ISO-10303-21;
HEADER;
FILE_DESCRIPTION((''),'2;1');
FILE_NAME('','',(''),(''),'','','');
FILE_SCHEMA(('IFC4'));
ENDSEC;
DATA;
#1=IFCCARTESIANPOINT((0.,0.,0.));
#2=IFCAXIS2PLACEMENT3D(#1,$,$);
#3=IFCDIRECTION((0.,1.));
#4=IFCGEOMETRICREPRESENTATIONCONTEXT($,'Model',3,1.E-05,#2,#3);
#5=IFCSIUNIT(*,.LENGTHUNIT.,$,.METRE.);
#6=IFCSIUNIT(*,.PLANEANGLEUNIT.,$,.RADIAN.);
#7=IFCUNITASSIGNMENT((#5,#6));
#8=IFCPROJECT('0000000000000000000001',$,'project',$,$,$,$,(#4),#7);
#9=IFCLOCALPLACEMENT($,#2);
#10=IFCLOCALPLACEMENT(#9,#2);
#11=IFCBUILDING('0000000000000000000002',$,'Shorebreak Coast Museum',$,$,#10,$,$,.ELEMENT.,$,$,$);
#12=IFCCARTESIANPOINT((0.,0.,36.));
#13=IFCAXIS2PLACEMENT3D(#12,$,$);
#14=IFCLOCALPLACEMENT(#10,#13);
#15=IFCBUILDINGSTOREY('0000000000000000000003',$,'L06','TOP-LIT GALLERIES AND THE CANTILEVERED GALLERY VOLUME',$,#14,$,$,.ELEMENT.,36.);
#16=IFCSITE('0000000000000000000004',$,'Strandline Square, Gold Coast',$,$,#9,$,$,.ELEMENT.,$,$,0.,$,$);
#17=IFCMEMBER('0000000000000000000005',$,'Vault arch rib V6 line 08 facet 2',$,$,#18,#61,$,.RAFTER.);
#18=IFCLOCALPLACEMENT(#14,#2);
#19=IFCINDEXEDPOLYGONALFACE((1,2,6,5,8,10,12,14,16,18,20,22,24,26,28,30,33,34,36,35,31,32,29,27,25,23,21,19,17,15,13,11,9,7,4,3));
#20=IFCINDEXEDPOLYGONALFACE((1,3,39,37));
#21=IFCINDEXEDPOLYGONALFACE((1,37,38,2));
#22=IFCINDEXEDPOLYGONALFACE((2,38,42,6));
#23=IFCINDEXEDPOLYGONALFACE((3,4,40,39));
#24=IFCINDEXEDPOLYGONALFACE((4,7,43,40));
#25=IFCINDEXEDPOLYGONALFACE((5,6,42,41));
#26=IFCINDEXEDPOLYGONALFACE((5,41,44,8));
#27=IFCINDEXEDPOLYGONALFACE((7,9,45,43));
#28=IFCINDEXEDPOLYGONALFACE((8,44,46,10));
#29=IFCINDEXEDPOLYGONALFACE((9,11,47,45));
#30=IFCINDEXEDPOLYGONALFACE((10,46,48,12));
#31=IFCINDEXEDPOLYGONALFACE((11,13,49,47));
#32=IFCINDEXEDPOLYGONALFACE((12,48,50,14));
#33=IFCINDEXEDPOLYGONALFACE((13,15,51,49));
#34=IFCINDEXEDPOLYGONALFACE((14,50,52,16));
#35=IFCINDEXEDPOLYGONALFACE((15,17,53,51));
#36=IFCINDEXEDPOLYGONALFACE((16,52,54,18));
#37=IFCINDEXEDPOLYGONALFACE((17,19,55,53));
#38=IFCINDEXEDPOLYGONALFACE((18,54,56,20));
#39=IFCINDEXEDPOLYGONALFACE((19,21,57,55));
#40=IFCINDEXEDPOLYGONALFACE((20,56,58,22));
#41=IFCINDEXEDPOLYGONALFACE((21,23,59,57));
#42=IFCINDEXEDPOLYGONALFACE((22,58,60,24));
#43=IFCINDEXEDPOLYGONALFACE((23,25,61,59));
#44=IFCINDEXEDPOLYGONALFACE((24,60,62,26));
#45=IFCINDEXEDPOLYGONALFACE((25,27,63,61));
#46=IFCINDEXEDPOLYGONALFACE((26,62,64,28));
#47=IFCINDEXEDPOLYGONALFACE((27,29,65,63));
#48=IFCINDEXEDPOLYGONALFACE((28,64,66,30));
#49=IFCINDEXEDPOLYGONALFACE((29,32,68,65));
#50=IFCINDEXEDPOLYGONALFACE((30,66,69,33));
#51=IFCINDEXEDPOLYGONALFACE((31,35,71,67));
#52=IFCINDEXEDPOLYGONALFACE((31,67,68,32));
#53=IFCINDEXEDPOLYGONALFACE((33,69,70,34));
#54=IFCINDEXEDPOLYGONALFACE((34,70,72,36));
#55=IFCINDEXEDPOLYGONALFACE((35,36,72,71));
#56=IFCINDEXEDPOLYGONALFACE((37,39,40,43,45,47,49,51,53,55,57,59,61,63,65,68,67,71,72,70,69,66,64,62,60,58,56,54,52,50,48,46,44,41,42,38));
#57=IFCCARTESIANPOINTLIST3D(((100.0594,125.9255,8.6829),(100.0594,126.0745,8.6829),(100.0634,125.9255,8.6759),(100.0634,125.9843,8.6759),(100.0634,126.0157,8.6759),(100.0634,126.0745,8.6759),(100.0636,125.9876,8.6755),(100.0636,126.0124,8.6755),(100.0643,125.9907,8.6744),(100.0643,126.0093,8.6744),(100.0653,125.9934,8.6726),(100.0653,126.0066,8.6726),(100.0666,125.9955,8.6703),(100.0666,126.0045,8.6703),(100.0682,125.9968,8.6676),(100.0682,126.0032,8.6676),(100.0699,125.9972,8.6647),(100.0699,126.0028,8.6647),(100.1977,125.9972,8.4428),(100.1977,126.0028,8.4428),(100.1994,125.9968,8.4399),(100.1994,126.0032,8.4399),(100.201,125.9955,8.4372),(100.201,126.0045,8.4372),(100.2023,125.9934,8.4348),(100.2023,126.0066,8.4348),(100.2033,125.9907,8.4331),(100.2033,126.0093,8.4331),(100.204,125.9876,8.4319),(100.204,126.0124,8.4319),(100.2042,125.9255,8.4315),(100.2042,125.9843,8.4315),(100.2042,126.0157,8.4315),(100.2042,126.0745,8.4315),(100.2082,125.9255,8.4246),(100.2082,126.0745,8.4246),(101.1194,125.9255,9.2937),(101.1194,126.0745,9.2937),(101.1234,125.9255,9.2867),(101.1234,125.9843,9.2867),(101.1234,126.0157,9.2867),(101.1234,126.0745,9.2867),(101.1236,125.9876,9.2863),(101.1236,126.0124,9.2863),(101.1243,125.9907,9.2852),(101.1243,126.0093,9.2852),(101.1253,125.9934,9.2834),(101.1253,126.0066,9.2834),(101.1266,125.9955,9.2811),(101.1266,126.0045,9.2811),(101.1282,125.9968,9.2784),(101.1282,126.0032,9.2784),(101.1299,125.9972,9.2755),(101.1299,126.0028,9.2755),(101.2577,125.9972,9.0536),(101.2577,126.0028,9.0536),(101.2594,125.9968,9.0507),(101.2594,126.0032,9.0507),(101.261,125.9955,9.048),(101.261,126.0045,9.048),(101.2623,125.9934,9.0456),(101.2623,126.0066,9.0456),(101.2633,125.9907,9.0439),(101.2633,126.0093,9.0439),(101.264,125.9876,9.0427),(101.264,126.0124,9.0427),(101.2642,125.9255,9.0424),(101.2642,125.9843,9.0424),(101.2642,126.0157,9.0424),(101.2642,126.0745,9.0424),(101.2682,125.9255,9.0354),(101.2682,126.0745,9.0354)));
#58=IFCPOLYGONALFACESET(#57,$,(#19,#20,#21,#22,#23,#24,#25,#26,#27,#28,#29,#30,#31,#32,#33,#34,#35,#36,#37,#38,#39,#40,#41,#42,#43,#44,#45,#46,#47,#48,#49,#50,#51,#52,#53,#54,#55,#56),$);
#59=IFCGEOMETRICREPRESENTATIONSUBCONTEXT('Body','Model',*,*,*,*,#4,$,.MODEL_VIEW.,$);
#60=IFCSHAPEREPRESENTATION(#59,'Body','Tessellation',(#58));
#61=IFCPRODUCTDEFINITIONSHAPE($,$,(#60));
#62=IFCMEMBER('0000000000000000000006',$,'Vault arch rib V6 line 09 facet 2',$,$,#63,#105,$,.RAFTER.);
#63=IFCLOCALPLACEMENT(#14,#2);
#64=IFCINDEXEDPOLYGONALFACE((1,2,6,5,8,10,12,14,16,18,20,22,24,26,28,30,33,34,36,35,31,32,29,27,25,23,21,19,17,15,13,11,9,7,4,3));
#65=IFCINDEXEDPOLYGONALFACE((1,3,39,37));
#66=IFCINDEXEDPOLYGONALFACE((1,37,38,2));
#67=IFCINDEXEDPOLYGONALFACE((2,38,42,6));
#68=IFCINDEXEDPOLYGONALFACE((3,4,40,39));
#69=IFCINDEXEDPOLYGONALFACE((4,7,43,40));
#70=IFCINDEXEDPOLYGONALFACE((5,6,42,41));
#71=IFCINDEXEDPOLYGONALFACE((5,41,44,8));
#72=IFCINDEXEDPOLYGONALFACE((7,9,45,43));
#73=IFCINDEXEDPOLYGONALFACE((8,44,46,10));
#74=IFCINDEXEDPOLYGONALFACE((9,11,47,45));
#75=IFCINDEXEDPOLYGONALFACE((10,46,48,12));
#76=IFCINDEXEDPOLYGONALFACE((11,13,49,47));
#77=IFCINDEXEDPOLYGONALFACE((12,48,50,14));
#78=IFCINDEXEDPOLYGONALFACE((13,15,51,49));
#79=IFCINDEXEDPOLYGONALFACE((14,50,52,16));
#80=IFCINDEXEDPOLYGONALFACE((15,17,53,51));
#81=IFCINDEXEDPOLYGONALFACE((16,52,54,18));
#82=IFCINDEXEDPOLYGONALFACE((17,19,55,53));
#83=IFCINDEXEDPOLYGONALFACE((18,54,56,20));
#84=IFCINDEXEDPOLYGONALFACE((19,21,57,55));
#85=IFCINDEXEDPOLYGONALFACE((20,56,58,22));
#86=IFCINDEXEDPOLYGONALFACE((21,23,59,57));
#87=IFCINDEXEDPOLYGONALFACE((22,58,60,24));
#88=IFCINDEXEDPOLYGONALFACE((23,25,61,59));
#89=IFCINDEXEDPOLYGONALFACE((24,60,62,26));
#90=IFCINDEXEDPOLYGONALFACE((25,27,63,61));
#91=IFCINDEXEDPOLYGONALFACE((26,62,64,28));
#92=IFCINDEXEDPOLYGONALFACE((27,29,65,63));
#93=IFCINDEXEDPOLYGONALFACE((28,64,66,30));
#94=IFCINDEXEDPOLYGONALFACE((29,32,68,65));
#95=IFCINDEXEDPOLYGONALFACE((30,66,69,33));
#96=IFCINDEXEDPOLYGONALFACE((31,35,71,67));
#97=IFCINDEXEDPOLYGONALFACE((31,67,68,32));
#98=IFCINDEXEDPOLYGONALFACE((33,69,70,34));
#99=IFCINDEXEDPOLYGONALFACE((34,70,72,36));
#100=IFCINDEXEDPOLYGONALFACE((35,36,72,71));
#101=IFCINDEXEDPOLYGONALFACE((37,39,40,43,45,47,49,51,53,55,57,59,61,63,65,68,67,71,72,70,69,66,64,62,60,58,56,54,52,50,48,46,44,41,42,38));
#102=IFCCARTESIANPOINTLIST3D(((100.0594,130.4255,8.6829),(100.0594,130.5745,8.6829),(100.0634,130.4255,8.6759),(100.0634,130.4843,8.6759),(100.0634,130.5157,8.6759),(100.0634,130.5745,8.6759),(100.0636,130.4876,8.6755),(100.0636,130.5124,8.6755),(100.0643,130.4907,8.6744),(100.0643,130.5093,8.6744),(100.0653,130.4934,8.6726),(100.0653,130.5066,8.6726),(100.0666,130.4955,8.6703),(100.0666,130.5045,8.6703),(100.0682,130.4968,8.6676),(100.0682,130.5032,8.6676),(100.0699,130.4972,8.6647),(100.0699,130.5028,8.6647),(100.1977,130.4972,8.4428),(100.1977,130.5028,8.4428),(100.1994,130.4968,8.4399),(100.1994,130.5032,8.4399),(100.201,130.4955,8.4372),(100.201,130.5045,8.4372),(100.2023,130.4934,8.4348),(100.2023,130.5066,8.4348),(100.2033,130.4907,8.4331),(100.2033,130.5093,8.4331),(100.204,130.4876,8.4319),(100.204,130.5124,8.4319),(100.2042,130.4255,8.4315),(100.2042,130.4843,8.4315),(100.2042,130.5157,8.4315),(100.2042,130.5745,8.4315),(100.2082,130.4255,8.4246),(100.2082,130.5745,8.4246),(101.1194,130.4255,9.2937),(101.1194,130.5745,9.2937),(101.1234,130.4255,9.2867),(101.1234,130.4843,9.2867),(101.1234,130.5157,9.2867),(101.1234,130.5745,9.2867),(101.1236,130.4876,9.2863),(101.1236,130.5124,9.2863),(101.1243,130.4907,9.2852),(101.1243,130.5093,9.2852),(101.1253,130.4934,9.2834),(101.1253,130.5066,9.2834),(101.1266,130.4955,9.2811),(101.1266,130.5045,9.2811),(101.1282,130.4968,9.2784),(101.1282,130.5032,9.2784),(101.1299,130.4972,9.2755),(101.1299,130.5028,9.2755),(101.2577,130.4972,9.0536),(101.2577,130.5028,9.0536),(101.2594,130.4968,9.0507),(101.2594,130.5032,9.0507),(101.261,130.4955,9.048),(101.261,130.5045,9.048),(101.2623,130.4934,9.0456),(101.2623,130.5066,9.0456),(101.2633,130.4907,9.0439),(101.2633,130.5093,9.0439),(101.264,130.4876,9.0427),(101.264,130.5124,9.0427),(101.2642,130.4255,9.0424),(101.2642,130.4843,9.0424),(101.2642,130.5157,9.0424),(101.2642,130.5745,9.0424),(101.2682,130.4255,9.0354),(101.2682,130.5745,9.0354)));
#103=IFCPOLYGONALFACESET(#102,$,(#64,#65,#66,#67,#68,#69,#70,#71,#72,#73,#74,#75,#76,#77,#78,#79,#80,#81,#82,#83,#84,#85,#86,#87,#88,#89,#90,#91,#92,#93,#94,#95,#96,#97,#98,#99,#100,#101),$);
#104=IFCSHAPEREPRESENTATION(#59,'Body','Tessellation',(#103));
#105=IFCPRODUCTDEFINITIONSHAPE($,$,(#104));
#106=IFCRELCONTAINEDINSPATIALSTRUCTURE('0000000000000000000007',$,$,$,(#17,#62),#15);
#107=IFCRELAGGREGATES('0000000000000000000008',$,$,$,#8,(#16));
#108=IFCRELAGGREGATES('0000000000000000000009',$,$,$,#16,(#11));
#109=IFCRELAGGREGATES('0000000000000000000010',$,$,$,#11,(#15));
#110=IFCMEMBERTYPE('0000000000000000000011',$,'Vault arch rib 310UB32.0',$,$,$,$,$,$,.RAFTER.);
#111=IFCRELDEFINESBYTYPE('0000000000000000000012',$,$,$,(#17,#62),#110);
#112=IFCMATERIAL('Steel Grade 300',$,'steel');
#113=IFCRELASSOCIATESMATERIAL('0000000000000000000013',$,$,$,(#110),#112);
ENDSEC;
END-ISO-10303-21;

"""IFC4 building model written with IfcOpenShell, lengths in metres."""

from ifc_helpers import new_model, si_unit, direction, frame, origin, origin_2d, place, context, subcontext, project, spatial, i_section, extrude, material, material_profile, profile_set, type_object, element, save


model = new_model("IFC4")

# Units and contexts
model_context = context("Model", 3, precision=1e-05, world=origin(), true_north=direction((0.0, 1.0)))
body_context = subcontext(model_context, "Body", "Model", "MODEL_VIEW")
ifc_project = project(units=[si_unit("LENGTHUNIT", "METRE"), si_unit("PLANEANGLEUNIT", "RADIAN")], contexts=[model_context])

# Site, building, storey
site_placement = place(None, origin())
site = spatial("IfcSite", under=ifc_project, at=site_placement, Name="Strandline Square, Gold Coast", CompositionType="ELEMENT", RefElevation=0.0)
building_placement = place(site_placement, origin())
building = spatial("IfcBuilding", under=site, at=building_placement, Name="Shorebreak Coast Museum", CompositionType="ELEMENT")
storey_placement = place(building_placement, frame((0.0, 0.0, 36.0)))
storey = spatial("IfcBuildingStorey", under=building, at=storey_placement, Name="L06", Description="TOP-LIT GALLERIES AND THE CANTILEVERED GALLERY VOLUME", CompositionType="ELEMENT", Elevation=36.0)

# Members
ifc_material_1 = material(Name="Steel Grade 300", Category="steel")
ifc_material_profile_1 = material_profile(ifc_material_1, i_section(OverallWidth=0.1489, OverallDepth=0.2981, WebThickness=0.0056, FlangeThickness=0.0081, FilletRadius=0.0129, at=origin_2d()), Name="310UB32.0")
ifc_profile_set_1 = profile_set([ifc_material_profile_1], Name="Steel Grade 300")
member_type_1 = type_object("IfcMemberType", Name="Vault arch rib 310UB32.0", PredefinedType="RAFTER", material=ifc_profile_set_1)
for number, where, z_axis, x_axis, name in (
    (1, (100.1338, 126.0, 8.5537), (0.866445, 0.0, 0.499273), (0.0, 1.0, 0.0), "Vault arch rib V6 line 08 facet 2"),
    (2, (100.1338, 130.5, 8.5537), (0.866445, 0.0, 0.499273), (0.0, 1.0, 0.0), "Vault arch rib V6 line 09 facet 2"),
):
    element("IfcMember", number, at=place(storey_placement, frame(where, z_axis=z_axis, x_axis=x_axis)), inside=storey, type_object=member_type_1, Name=name, PredefinedType="RAFTER", context=body_context, shape_type="SweptSolid", body=[
        extrude(i_section(OverallWidth=0.1489, OverallDepth=0.2981, WebThickness=0.0056, FlangeThickness=0.0081, FilletRadius=0.0129, at=origin_2d()), origin(), (0.0, 0.0, 1.0), 1.2234),
    ])

save(model, "model.ifc")
